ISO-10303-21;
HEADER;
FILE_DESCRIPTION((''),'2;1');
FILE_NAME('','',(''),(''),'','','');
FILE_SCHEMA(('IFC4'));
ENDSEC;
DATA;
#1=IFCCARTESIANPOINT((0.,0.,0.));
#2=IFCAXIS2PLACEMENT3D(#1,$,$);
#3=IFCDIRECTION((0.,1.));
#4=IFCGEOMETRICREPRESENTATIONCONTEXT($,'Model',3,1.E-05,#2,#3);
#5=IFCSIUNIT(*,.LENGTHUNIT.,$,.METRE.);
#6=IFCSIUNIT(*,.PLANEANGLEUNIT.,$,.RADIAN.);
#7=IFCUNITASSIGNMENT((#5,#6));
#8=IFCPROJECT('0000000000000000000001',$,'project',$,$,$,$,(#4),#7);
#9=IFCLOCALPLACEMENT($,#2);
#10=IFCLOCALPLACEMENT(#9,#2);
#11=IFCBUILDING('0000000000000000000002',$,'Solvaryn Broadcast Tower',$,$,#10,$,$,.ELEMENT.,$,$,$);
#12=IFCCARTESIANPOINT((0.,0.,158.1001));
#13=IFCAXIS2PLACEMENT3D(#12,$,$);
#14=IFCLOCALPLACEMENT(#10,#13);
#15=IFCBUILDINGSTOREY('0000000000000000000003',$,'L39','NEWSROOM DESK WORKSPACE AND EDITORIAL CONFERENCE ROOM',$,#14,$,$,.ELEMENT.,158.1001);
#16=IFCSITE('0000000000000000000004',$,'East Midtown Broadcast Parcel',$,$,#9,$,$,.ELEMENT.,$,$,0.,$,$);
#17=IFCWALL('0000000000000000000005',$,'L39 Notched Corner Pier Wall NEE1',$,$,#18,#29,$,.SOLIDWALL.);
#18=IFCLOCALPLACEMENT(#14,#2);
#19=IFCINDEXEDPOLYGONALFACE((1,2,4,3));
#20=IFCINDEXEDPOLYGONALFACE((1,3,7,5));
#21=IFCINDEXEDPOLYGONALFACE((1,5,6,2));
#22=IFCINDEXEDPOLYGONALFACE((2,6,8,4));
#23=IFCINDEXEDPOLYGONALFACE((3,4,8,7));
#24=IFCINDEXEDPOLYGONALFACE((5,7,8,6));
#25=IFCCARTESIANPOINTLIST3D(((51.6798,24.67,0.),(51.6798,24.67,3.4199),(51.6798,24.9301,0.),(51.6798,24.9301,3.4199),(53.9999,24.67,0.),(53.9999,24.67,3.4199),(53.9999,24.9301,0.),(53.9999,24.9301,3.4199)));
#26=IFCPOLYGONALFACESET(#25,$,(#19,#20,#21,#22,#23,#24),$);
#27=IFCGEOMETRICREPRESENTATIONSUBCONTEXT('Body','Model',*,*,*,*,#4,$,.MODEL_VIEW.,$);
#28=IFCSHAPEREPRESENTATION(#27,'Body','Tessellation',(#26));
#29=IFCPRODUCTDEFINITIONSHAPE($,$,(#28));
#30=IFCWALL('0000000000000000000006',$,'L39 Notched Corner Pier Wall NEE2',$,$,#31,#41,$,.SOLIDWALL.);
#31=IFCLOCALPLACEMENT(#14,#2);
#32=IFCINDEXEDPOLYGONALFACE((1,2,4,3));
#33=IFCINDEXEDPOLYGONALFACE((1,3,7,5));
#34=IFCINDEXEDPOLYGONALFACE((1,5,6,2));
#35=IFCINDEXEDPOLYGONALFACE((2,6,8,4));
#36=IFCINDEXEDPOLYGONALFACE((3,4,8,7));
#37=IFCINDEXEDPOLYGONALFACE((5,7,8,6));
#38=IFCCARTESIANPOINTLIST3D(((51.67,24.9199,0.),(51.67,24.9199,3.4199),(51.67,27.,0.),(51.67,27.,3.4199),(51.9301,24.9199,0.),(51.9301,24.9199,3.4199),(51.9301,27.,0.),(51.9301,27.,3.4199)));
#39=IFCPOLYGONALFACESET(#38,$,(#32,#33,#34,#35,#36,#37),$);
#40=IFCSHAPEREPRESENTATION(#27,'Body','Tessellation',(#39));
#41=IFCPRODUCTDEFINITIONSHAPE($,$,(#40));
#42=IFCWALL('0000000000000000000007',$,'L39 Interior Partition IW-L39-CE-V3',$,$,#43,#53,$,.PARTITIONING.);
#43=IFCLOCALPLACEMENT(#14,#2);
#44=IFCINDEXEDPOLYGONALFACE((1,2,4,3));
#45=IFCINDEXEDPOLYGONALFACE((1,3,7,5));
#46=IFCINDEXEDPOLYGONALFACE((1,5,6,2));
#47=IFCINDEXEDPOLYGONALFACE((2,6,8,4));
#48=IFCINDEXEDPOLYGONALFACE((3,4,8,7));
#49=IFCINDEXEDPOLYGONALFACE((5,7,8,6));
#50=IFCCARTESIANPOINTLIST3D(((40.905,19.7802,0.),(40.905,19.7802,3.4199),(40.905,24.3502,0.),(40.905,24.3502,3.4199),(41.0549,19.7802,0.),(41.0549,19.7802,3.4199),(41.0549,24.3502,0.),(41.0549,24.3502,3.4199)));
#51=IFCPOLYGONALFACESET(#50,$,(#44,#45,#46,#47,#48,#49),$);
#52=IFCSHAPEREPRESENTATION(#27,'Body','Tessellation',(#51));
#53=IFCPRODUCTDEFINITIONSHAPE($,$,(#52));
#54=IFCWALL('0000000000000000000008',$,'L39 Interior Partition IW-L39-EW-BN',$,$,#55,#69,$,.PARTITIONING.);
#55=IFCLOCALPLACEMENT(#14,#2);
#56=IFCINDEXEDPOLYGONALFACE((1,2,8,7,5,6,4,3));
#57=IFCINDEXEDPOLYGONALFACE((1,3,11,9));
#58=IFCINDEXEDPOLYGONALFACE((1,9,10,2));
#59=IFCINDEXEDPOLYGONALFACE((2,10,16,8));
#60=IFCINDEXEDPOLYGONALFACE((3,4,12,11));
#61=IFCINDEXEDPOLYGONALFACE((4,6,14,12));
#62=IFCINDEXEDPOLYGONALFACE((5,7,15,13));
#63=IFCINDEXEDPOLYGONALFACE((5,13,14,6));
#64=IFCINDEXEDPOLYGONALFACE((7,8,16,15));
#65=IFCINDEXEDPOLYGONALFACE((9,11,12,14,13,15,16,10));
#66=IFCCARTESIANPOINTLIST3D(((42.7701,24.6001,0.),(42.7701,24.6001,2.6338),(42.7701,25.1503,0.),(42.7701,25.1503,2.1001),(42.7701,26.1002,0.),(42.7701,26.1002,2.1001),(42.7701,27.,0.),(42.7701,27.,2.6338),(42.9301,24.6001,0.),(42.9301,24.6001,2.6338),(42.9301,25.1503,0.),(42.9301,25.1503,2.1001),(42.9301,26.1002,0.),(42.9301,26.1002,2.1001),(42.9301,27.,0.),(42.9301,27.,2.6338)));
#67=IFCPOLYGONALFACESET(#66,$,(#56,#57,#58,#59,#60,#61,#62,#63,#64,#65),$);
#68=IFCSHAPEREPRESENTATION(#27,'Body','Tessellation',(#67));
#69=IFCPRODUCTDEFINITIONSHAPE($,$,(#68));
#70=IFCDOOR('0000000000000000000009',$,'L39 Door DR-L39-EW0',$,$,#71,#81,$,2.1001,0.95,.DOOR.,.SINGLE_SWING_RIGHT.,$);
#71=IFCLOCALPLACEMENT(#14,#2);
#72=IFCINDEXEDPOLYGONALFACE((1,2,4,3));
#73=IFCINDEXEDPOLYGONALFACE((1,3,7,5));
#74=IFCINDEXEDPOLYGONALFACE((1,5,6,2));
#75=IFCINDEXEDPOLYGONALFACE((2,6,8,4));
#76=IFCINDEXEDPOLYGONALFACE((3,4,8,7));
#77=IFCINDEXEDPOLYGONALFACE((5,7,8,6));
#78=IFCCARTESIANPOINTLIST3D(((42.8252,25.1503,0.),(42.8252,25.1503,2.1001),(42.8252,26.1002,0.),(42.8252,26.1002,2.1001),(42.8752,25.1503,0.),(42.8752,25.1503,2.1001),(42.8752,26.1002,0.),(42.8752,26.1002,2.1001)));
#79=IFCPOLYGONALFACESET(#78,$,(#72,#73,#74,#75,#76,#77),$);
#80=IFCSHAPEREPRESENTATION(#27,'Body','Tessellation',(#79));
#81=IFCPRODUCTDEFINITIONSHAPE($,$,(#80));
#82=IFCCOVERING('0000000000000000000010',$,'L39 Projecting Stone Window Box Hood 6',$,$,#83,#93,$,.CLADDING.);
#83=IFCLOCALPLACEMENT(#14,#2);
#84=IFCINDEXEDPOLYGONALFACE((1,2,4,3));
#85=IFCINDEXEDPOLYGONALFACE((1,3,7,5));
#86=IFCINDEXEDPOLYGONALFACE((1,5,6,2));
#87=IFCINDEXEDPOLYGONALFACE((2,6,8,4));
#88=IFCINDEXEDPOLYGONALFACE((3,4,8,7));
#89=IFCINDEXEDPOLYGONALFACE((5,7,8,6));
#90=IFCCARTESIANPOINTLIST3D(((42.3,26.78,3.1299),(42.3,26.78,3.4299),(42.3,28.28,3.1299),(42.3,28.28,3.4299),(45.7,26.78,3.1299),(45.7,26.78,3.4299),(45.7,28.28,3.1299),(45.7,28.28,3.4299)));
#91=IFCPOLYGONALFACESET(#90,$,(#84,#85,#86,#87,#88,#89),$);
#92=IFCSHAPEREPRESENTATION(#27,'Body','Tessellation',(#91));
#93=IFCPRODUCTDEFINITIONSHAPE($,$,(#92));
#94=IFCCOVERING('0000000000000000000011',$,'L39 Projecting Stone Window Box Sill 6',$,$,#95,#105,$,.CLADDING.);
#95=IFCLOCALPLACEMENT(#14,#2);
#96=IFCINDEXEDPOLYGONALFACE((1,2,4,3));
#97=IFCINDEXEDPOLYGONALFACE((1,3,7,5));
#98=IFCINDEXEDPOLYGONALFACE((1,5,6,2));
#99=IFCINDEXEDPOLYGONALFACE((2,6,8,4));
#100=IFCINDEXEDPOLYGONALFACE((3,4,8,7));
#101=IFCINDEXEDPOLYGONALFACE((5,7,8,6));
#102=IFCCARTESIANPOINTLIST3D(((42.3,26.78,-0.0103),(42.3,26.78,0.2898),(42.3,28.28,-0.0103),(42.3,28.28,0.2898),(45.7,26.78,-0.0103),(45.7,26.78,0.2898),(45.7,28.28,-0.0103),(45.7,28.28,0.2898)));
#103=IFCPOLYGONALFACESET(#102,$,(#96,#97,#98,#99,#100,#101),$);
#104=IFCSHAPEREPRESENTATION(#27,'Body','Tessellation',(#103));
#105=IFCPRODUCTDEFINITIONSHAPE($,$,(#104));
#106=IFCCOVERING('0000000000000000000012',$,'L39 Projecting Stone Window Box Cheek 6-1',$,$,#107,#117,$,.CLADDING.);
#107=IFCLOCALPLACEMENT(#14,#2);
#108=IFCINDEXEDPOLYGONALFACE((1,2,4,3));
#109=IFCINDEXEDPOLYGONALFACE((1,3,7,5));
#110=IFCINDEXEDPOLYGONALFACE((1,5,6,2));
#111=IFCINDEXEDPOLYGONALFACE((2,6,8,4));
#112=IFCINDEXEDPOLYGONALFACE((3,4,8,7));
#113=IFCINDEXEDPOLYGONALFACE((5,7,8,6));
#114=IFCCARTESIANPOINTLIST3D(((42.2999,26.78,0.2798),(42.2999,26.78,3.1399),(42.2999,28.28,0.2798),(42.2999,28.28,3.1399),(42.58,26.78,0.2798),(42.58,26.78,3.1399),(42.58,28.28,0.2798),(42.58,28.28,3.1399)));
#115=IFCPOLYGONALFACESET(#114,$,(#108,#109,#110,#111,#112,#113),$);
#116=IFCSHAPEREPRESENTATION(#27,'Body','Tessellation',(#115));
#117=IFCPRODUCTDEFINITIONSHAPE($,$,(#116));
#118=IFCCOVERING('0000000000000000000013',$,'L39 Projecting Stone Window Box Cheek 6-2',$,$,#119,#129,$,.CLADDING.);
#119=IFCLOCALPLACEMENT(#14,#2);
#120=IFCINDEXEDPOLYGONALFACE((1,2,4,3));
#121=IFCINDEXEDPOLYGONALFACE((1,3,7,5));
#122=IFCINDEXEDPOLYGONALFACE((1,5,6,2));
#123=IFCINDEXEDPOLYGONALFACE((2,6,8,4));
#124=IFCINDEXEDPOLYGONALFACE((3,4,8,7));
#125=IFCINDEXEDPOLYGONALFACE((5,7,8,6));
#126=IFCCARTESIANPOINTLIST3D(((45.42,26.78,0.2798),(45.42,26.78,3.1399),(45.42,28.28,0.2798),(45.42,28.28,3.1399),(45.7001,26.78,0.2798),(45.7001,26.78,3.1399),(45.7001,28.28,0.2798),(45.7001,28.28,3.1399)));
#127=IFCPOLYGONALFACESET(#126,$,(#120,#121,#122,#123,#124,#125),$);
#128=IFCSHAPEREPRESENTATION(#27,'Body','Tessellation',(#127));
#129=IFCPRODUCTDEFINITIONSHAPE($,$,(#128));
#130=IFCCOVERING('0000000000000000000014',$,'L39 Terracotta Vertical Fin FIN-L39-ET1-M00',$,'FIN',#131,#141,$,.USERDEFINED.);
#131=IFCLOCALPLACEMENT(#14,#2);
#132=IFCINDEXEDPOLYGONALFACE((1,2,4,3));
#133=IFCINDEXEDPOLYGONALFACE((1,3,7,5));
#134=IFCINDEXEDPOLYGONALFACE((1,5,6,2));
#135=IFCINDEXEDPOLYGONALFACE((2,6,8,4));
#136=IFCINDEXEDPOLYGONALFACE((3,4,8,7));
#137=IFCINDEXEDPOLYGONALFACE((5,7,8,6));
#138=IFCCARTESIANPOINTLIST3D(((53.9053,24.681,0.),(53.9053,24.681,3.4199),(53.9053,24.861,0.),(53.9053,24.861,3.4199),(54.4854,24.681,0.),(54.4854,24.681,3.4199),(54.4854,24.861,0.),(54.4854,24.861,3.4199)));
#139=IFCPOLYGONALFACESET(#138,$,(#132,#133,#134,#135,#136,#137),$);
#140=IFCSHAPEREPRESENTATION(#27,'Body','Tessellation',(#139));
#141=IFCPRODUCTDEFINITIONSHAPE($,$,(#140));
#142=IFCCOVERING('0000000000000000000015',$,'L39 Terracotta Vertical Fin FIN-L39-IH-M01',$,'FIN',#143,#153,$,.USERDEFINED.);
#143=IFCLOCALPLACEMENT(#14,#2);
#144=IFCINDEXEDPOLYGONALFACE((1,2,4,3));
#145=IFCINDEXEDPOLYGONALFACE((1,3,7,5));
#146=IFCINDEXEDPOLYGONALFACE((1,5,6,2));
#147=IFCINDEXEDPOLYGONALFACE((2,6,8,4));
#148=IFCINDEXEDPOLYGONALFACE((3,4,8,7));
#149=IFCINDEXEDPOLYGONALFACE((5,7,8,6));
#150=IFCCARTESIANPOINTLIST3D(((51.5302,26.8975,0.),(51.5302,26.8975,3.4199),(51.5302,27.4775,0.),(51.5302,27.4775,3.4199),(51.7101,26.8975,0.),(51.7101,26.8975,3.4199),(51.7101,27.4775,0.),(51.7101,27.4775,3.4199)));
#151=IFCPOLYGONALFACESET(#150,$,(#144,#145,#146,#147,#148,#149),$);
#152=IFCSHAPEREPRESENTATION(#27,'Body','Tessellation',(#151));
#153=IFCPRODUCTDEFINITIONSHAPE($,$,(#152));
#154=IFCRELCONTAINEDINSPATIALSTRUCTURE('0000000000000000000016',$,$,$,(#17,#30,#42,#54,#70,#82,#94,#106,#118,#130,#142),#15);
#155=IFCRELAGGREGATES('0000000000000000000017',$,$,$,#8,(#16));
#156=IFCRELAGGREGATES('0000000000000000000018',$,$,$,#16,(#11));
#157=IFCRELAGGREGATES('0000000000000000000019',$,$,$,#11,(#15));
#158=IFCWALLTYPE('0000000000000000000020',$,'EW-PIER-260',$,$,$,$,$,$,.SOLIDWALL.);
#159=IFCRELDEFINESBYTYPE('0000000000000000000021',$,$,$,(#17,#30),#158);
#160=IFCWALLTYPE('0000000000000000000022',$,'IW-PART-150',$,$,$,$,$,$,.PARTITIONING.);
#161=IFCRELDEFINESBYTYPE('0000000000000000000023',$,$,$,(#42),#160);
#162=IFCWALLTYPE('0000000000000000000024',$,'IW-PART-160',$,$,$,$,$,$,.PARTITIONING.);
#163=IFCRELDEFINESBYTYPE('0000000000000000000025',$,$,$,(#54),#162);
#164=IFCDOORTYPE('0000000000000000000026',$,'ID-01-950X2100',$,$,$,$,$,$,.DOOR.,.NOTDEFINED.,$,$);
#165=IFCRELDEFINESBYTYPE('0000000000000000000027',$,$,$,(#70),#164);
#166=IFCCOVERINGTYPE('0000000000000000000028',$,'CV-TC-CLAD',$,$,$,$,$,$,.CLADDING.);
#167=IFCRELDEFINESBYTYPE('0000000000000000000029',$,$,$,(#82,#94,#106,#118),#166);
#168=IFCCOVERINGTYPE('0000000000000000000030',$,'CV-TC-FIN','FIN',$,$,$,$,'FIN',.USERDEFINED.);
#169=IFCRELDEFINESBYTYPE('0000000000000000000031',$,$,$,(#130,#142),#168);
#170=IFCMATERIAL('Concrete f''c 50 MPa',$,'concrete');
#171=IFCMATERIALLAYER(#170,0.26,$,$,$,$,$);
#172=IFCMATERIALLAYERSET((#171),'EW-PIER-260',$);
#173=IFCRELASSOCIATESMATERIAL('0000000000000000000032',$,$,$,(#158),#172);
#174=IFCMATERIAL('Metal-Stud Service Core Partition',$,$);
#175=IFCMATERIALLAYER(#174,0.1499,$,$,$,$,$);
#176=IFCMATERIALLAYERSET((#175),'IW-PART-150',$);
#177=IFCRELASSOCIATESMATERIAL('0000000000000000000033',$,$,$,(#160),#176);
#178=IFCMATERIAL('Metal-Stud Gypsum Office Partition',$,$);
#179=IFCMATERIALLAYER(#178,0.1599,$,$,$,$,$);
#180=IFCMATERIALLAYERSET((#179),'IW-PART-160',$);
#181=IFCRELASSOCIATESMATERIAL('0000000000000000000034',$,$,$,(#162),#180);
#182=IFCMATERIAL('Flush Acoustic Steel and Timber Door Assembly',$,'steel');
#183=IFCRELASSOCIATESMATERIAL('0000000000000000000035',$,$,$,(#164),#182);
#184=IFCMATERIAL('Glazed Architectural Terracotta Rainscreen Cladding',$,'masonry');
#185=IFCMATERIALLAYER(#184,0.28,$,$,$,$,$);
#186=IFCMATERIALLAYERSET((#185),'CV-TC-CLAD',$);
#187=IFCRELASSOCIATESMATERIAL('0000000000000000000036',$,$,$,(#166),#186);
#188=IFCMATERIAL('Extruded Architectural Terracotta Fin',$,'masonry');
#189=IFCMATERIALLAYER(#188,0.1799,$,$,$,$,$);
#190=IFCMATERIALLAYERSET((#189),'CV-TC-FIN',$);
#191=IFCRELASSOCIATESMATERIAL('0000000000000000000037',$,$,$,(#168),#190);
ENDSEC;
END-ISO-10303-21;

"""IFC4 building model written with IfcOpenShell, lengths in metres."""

from ifc_helpers import new_model, si_unit, direction, frame, frame_2d, origin, origin_2d, place, context, subcontext, project, spatial, rectangle, extrude, material, layer, layer_set, type_object, element, fill, save


model = new_model("IFC4")

# Units and contexts
model_context = context("Model", 3, precision=1e-05, world=origin(), true_north=direction((0.0, 1.0)))
body_context = subcontext(model_context, "Body", "Model", "MODEL_VIEW")
ifc_project = project(units=[si_unit("LENGTHUNIT", "METRE"), si_unit("PLANEANGLEUNIT", "RADIAN")], contexts=[model_context])

# Site, building, storey
site_placement = place(None, origin())
site = spatial("IfcSite", under=ifc_project, at=site_placement, Name="East Midtown Broadcast Parcel", CompositionType="ELEMENT", RefElevation=0.0)
building_placement = place(site_placement, origin())
building = spatial("IfcBuilding", under=site, at=building_placement, Name="Solvaryn Broadcast Tower", CompositionType="ELEMENT")
storey_placement = place(building_placement, frame((0.0, 0.0, 158.1001)))
storey = spatial("IfcBuildingStorey", under=building, at=storey_placement, Name="L39", Description="NEWSROOM DESK WORKSPACE AND EDITORIAL CONFERENCE ROOM", CompositionType="ELEMENT", Elevation=158.1001)

# Walls
ifc_material_1 = material(Name="Concrete f'c 50 MPa", Category="concrete")
ifc_layer_1 = layer(ifc_material_1, 0.26)
ifc_layer_set_1 = layer_set([ifc_layer_1], Name="EW-PIER-260")
wall_type_1 = type_object("IfcWallType", Name="EW-PIER-260", PredefinedType="SOLIDWALL", material=ifc_layer_set_1)
wall_1_placement = place(storey_placement, frame((54.0, 24.8, 0.0), z_axis=(0.0, 0.0, 1.0), x_axis=(-1.0, 0.0, 0.0)))
element("IfcWall", 1, at=wall_1_placement, inside=storey, type_object=wall_type_1, Name="L39 Notched Corner Pier Wall NEE1", PredefinedType="SOLIDWALL", context=body_context, shape_type="SweptSolid", body=[
    extrude(rectangle(XDim=2.3201, YDim=0.26, at=frame_2d((1.1602, 0.0))), origin(), (0.0, 0.0, 1.0), 3.4199),
])
wall_2_placement = place(storey_placement, frame((51.8, 24.9199, 0.0), z_axis=(0.0, 0.0, 1.0), x_axis=(0.0, 1.0, 0.0)))
element("IfcWall", 2, at=wall_2_placement, inside=storey, type_object=wall_type_1, Name="L39 Notched Corner Pier Wall NEE2", PredefinedType="SOLIDWALL", context=body_context, shape_type="SweptSolid", body=[
    extrude(rectangle(XDim=2.0801, YDim=0.26, at=frame_2d((1.04, 0.0))), origin(), (0.0, 0.0, 1.0), 3.4199),
])
ifc_material_2 = material(Name="Metal-Stud Service Core Partition")
ifc_layer_2 = layer(ifc_material_2, 0.1499)
ifc_layer_set_2 = layer_set([ifc_layer_2], Name="IW-PART-150")
wall_type_2 = type_object("IfcWallType", Name="IW-PART-150", PredefinedType="PARTITIONING", material=ifc_layer_set_2)
wall_3_placement = place(storey_placement, frame((40.98, 19.78, 0.0), z_axis=(0.0, 0.0, 1.0), x_axis=(0.0, 1.0, 0.0)))
element("IfcWall", 3, at=wall_3_placement, inside=storey, type_object=wall_type_2, Name="L39 Interior Partition IW-L39-CE-V3", PredefinedType="PARTITIONING", context=body_context, shape_type="SweptSolid", body=[
    extrude(rectangle(XDim=4.5701, YDim=0.1499, at=frame_2d((2.2852, 0.0))), origin(), (0.0, 0.0, 1.0), 3.4199),
])

# Wall, opening, door
ifc_material_3 = material(Name="Metal-Stud Gypsum Office Partition")
ifc_layer_3 = layer(ifc_material_3, 0.1599)
ifc_layer_set_3 = layer_set([ifc_layer_3], Name="IW-PART-160")
wall_type_3 = type_object("IfcWallType", Name="IW-PART-160", PredefinedType="PARTITIONING", material=ifc_layer_set_3)
wall_4_placement = place(storey_placement, frame((42.8501, 24.6001, 0.0), z_axis=(0.0, 0.0, 1.0), x_axis=(0.0, 1.0, 0.0)))
wall_4 = element("IfcWall", 4, at=wall_4_placement, inside=storey, type_object=wall_type_3, Name="L39 Interior Partition IW-L39-EW-BN", PredefinedType="PARTITIONING", context=body_context, shape_type="SweptSolid", body=[
    extrude(rectangle(XDim=2.3999, YDim=0.1599, at=frame_2d((1.2, 0.0))), origin(), (0.0, 0.0, 1.0), 2.6338),
])
opening_1_placement = place(wall_4_placement, frame((0.55, 0.0, 0.0)))
opening_1 = element("IfcOpeningElement", 5, at=opening_1_placement, cuts=wall_4, PredefinedType="OPENING", context=body_context, shape_type="SweptSolid", body=[
    extrude(rectangle(XDim=0.95, YDim=2.1001, at=frame_2d((0.4751, 1.05))), frame((0.0, 0.0901, 0.0), z_axis=(0.0, -1.0, 0.0), x_axis=(1.0, 0.0, 0.0)), (0.0, 0.0, 1.0), 0.1799),
])
ifc_material_4 = material(Name="Flush Acoustic Steel and Timber Door Assembly", Category="steel")
door_type_1 = type_object("IfcDoorType", Name="ID-01-950X2100", OperationType="NOTDEFINED", PredefinedType="DOOR", material=ifc_material_4)
door_1_placement = place(opening_1_placement, origin())
door_1 = element("IfcDoor", 6, at=door_1_placement, inside=storey, type_object=door_type_1, Name="L39 Door DR-L39-EW0", OperationType="SINGLE_SWING_RIGHT", OverallHeight=2.1001, OverallWidth=0.95, PredefinedType="DOOR", context=body_context, shape_type="SweptSolid", body=[
    extrude(rectangle(XDim=0.95, YDim=2.1001, at=frame_2d((0.4751, 1.05))), frame((0.0, 0.0249, 0.0), z_axis=(0.0, -1.0, 0.0), x_axis=(1.0, 0.0, 0.0)), (0.0, 0.0, 1.0), 0.05),
])
fill(opening_1, door_1)

# Coverings
ifc_material_5 = material(Name="Glazed Architectural Terracotta Rainscreen Cladding", Category="masonry")
ifc_layer_4 = layer(ifc_material_5, 0.28)
ifc_layer_set_4 = layer_set([ifc_layer_4], Name="CV-TC-CLAD")
covering_type_1 = type_object("IfcCoveringType", Name="CV-TC-CLAD", PredefinedType="CLADDING", material=ifc_layer_set_4)
for number, where, z_axis, x_axis, name in (
    (7, (44.0, 27.53, 3.1299), (0.0, 0.0, 1.0), (1.0, 0.0, 0.0), "L39 Projecting Stone Window Box Hood 6"),
    (8, (44.0, 27.53, -0.0103), (0.0, 0.0, 1.0), (1.0, 0.0, 0.0), "L39 Projecting Stone Window Box Sill 6"),
):
    element("IfcCovering", number, at=place(storey_placement, frame(where, z_axis=z_axis, x_axis=x_axis)), inside=storey, type_object=covering_type_1, Name=name, PredefinedType="CLADDING", context=body_context, shape_type="SweptSolid", body=[
        extrude(rectangle(XDim=3.3999, YDim=1.5, at=origin_2d()), origin(), (0.0, 0.0, 1.0), 0.3),
    ])
for number, where, z_axis, x_axis, name in (
    (9, (42.4399, 27.53, 0.2798), (0.0, 0.0, 1.0), (1.0, 0.0, 0.0), "L39 Projecting Stone Window Box Cheek 6-1"),
    (10, (45.5601, 27.53, 0.2798), (0.0, 0.0, 1.0), (1.0, 0.0, 0.0), "L39 Projecting Stone Window Box Cheek 6-2"),
):
    element("IfcCovering", number, at=place(storey_placement, frame(where, z_axis=z_axis, x_axis=x_axis)), inside=storey, type_object=covering_type_1, Name=name, PredefinedType="CLADDING", context=body_context, shape_type="SweptSolid", body=[
        extrude(rectangle(XDim=0.28, YDim=1.5, at=origin_2d()), origin(), (0.0, 0.0, 1.0), 2.8601),
    ])
ifc_material_6 = material(Name="Extruded Architectural Terracotta Fin", Category="masonry")
ifc_layer_5 = layer(ifc_material_6, 0.1799)
ifc_layer_set_5 = layer_set([ifc_layer_5], Name="CV-TC-FIN")
covering_type_2 = type_object("IfcCoveringType", Name="CV-TC-FIN", Description="FIN", ElementType="FIN", PredefinedType="USERDEFINED", material=ifc_layer_set_5)
covering_1_placement = place(storey_placement, frame((54.1953, 24.771, 0.0), z_axis=(0.0, 0.0, 1.0), x_axis=(1.0, 0.0, 0.0)))
element("IfcCovering", 11, at=covering_1_placement, inside=storey, type_object=covering_type_2, Name="L39 Terracotta Vertical Fin FIN-L39-ET1-M00", ObjectType="FIN", PredefinedType="USERDEFINED", context=body_context, shape_type="SweptSolid", body=[
    extrude(rectangle(XDim=0.5801, YDim=0.1799, at=origin_2d()), origin(), (0.0, 0.0, 1.0), 3.4199),
])
covering_2_placement = place(storey_placement, frame((51.6201, 27.1875, 0.0), z_axis=(0.0, 0.0, 1.0), x_axis=(1.0, 0.0, 0.0)))
element("IfcCovering", 12, at=covering_2_placement, inside=storey, type_object=covering_type_2, Name="L39 Terracotta Vertical Fin FIN-L39-IH-M01", ObjectType="FIN", PredefinedType="USERDEFINED", context=body_context, shape_type="SweptSolid", body=[
    extrude(rectangle(XDim=0.1799, YDim=0.5801, at=origin_2d()), origin(), (0.0, 0.0, 1.0), 3.4199),
])

save(model, "model.ifc")
